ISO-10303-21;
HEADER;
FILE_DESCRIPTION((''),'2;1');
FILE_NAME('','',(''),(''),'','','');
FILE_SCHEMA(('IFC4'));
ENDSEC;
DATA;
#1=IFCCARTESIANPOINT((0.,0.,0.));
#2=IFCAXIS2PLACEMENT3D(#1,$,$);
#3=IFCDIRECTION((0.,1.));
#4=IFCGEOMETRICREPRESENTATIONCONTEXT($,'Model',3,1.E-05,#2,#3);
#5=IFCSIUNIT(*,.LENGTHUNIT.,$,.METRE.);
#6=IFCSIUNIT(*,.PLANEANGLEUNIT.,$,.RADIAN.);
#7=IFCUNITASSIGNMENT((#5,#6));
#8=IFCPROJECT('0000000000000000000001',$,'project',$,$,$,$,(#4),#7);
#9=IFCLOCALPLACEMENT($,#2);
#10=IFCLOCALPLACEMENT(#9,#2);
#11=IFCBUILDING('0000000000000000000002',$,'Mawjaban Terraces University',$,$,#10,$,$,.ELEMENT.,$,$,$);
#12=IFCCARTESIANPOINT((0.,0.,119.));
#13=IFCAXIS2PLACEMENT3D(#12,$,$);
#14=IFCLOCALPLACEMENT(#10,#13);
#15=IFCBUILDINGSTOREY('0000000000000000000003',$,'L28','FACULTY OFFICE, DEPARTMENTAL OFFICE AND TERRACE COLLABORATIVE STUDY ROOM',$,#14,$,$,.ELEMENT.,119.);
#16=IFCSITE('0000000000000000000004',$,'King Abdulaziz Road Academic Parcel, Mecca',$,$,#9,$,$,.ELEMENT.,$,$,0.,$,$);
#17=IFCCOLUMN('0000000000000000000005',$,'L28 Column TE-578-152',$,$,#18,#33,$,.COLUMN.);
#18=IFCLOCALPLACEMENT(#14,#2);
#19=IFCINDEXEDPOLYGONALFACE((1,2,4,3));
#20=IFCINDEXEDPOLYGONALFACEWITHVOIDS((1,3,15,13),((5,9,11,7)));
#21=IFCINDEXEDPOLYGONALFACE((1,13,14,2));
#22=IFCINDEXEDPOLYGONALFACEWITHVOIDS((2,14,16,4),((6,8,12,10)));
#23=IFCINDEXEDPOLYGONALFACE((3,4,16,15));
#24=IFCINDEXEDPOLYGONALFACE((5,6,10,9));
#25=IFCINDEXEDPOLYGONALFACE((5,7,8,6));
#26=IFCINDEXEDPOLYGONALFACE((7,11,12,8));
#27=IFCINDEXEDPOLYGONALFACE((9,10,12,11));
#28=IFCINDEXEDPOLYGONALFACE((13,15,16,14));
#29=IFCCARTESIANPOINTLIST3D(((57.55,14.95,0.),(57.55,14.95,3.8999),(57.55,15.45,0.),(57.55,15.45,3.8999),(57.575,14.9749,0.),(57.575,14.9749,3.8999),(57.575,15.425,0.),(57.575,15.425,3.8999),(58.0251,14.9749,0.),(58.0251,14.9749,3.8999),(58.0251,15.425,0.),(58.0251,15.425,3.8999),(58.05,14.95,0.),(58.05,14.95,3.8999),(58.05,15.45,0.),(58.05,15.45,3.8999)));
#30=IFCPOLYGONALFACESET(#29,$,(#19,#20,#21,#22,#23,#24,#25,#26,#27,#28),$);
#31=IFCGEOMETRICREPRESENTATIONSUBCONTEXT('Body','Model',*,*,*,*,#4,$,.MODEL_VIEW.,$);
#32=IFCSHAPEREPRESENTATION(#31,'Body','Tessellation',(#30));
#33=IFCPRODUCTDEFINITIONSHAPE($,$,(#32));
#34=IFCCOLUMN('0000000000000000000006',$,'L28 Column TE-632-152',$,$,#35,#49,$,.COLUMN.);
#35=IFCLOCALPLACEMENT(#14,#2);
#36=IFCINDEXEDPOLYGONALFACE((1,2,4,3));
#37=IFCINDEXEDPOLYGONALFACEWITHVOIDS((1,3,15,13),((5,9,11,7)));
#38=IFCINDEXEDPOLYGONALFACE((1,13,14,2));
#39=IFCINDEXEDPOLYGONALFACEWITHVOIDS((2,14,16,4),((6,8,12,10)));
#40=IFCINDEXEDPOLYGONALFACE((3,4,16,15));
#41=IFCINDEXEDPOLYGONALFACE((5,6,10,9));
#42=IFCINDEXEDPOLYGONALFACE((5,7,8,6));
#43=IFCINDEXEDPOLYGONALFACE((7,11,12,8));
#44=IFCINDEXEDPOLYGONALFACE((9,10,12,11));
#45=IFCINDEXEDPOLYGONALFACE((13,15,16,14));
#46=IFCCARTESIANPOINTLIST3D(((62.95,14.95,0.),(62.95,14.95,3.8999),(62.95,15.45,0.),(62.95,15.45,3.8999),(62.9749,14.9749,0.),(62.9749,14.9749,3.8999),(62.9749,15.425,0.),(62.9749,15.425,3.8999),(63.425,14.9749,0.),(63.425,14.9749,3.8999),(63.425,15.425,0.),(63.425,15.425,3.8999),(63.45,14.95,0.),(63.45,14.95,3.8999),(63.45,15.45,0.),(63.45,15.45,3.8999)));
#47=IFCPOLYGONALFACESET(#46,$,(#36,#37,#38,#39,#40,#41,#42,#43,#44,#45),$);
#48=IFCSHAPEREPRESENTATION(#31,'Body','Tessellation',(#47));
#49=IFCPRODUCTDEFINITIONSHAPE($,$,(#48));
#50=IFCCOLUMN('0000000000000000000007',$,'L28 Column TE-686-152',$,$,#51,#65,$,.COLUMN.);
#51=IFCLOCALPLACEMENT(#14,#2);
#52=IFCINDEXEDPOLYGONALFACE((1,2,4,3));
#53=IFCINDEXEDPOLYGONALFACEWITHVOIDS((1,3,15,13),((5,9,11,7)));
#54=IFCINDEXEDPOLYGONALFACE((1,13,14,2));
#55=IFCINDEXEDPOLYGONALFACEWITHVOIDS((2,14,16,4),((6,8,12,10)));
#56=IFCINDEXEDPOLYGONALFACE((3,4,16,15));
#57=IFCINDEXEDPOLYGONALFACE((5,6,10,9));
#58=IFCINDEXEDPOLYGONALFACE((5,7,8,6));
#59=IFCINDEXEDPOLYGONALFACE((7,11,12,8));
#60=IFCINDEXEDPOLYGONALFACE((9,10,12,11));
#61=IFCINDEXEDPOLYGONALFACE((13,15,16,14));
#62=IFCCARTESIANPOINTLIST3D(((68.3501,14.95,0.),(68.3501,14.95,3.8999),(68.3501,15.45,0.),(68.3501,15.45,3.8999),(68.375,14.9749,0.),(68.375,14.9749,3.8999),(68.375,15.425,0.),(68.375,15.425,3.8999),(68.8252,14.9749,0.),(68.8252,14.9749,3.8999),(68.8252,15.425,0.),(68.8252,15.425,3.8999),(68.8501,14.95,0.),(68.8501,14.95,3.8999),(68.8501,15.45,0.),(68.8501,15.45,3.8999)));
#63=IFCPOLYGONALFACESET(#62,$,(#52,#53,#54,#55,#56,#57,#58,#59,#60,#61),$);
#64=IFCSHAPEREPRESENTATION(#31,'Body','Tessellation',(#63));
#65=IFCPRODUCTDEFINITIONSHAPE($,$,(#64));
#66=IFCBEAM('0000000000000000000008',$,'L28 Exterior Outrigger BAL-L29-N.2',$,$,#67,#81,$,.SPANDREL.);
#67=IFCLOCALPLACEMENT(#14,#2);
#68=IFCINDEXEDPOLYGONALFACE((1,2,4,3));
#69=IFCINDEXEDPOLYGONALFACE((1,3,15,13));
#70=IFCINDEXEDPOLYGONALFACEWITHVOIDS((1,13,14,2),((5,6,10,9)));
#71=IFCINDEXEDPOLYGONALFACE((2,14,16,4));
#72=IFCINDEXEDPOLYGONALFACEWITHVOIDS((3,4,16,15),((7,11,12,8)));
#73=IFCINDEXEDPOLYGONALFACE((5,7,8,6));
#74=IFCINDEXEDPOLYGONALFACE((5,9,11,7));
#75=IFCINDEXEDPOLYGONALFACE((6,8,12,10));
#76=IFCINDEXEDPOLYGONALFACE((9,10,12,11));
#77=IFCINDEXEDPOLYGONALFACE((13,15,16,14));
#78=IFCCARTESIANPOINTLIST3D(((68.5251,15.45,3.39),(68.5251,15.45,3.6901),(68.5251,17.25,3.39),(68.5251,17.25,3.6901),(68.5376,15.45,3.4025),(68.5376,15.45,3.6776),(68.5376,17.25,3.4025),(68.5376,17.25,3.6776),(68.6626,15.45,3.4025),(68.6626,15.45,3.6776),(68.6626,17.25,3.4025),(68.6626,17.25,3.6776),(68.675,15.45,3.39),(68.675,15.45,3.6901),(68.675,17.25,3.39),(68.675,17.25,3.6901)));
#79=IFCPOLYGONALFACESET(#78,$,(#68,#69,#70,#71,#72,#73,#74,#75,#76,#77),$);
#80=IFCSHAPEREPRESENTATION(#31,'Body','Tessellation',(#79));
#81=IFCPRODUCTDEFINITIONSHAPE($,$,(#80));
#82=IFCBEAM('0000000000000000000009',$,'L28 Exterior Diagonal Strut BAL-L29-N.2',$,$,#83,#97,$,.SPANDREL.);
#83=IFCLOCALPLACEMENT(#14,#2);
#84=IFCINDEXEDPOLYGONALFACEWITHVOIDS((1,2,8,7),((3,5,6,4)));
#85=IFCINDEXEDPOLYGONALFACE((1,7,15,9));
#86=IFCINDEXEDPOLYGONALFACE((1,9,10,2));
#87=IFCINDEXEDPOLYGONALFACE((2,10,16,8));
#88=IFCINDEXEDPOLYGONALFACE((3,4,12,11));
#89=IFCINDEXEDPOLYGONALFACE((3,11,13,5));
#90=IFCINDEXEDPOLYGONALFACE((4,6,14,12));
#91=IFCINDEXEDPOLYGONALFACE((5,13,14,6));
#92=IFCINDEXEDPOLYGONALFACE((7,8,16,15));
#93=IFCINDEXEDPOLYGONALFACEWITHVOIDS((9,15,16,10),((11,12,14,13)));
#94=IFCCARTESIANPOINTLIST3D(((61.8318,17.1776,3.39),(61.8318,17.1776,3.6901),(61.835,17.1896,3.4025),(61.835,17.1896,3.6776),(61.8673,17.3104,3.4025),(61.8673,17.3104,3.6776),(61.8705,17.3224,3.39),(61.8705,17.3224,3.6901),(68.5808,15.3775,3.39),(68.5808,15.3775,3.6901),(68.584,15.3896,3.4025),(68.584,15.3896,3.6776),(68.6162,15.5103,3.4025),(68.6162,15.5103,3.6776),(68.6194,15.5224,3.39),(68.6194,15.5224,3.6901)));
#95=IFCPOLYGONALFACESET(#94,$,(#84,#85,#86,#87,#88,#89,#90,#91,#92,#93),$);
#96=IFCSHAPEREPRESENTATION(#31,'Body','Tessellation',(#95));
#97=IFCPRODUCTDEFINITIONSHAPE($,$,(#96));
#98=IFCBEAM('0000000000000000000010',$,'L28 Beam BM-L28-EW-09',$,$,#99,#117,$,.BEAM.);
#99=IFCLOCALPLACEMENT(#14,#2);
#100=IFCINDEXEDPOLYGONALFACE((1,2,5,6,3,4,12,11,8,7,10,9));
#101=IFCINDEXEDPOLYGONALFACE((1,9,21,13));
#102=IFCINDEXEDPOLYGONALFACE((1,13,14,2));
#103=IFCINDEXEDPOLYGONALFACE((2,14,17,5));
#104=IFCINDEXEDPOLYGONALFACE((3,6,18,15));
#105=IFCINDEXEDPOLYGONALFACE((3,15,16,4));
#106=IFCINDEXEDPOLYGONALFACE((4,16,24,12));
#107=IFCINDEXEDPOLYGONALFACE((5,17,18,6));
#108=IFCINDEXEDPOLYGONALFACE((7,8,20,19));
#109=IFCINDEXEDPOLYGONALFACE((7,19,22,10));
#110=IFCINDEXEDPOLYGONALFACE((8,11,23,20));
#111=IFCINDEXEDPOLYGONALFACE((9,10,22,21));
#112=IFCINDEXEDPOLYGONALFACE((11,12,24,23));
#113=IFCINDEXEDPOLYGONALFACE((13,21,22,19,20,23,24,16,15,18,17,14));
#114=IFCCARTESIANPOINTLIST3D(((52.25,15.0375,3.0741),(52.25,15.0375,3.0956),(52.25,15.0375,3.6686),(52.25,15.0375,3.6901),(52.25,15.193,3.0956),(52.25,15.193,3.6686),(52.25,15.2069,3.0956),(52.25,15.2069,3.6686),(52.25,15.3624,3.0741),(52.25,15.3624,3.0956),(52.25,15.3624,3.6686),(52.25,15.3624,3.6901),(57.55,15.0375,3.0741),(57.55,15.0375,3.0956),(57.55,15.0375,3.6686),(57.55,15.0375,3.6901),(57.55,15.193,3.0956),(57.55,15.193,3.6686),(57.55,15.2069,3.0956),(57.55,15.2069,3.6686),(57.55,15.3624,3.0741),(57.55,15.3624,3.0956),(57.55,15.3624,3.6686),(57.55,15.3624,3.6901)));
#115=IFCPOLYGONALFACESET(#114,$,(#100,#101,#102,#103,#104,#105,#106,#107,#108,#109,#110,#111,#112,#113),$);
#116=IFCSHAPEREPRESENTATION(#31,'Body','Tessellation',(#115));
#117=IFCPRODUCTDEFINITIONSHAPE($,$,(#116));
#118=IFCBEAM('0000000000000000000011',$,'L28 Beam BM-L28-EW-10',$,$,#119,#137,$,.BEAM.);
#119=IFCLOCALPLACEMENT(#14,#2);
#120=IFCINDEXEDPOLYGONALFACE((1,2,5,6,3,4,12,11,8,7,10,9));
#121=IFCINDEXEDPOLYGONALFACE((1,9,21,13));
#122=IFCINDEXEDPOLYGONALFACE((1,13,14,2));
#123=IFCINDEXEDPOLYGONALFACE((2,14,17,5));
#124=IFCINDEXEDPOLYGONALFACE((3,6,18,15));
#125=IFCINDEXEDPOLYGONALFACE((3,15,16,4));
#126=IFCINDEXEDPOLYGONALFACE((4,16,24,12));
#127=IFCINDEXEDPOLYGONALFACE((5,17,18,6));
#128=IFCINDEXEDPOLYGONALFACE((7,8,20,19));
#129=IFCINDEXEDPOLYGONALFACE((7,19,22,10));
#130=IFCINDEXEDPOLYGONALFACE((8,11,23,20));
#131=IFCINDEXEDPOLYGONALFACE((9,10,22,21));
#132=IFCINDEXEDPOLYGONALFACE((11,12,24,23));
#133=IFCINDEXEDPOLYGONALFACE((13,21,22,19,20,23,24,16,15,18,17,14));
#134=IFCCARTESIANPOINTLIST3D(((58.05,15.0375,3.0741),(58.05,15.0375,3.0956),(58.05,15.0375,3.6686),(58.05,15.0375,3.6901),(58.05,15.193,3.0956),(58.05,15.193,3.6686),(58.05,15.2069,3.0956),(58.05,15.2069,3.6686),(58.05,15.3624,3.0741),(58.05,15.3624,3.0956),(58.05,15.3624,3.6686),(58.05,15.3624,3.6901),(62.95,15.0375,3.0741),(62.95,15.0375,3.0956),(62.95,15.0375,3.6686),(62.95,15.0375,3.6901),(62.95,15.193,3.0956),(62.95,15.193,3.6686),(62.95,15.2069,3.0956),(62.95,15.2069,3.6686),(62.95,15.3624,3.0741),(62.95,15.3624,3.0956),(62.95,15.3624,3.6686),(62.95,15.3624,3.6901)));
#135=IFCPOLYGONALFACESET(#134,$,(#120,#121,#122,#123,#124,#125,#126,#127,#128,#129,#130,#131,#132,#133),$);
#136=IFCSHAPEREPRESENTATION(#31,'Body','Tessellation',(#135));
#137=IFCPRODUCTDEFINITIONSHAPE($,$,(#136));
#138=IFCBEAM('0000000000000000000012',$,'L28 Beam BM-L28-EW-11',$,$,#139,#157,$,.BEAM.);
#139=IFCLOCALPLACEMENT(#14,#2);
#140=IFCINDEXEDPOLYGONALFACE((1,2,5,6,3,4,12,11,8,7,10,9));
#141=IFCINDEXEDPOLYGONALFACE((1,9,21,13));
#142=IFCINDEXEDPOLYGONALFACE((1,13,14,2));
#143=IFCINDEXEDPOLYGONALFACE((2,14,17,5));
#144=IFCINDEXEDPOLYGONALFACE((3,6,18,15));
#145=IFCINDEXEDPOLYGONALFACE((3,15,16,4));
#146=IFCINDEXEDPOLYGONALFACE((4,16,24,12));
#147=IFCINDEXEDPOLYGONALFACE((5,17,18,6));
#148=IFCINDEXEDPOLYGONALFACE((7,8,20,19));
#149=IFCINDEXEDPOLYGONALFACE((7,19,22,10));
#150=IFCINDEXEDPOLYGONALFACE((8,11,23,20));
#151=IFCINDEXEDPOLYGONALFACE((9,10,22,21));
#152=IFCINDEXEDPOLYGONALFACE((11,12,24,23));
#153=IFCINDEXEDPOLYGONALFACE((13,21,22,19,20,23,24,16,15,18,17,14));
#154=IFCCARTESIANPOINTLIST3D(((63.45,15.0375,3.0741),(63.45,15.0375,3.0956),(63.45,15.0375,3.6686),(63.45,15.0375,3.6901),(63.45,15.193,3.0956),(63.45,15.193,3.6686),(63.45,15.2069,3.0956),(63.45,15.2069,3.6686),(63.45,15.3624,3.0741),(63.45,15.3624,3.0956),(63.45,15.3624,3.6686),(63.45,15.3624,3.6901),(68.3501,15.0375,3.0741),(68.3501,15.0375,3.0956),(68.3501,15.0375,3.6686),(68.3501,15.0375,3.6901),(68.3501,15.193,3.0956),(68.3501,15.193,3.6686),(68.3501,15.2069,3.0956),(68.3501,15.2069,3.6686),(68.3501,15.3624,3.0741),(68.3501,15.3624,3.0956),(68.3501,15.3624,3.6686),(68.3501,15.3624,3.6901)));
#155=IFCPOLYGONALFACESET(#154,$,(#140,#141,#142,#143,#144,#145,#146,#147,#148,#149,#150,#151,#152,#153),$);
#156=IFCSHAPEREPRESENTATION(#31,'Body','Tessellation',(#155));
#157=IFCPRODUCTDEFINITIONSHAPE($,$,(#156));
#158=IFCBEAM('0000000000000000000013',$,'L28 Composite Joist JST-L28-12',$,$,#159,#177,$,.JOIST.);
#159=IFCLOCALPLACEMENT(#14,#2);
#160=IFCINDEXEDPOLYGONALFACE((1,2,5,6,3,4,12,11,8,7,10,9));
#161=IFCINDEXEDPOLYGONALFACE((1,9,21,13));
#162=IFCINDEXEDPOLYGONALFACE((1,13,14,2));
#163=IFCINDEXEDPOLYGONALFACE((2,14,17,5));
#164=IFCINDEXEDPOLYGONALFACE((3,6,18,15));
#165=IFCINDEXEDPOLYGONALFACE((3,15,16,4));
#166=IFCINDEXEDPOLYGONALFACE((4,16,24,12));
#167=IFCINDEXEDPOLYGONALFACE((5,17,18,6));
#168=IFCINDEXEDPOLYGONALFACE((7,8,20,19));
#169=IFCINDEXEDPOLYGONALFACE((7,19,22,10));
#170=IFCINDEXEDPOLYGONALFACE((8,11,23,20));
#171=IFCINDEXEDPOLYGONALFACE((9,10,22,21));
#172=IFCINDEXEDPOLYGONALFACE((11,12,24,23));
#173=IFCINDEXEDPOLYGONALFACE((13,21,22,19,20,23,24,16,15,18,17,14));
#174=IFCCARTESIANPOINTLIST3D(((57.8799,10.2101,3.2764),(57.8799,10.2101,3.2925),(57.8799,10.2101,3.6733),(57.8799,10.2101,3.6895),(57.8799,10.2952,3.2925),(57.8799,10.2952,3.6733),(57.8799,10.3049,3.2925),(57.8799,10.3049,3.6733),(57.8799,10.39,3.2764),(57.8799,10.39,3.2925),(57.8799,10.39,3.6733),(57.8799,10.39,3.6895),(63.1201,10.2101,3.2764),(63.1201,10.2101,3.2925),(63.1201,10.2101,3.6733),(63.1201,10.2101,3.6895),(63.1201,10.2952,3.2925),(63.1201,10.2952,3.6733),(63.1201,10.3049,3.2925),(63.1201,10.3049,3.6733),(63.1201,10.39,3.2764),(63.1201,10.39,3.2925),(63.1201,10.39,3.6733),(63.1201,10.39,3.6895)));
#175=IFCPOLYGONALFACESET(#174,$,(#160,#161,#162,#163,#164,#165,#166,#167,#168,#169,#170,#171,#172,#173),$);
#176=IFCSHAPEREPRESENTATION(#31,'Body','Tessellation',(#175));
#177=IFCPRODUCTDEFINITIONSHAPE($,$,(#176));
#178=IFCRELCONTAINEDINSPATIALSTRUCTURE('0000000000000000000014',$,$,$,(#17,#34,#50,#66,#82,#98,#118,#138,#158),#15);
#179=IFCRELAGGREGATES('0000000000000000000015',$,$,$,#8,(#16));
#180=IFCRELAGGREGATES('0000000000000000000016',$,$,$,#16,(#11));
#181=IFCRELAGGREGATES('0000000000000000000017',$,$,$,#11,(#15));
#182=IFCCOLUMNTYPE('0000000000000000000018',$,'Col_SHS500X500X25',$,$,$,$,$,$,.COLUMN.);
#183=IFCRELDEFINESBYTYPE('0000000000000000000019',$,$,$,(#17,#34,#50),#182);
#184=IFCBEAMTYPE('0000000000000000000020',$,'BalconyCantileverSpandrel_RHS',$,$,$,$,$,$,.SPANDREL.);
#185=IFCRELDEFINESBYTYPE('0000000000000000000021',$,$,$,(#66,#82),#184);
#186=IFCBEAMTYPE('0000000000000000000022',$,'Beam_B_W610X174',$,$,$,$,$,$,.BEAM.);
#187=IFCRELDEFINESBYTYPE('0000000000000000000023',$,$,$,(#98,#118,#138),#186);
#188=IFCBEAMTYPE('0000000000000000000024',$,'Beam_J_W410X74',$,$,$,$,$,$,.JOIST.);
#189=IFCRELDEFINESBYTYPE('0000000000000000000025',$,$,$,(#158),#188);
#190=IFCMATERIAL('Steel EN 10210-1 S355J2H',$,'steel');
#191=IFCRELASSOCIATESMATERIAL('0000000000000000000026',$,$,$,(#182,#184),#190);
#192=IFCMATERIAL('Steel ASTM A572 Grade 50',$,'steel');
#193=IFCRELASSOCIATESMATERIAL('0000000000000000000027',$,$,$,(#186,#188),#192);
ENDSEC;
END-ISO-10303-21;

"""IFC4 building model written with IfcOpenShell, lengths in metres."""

from ifc_helpers import new_model, si_unit, direction, frame, origin, origin_2d, place, context, subcontext, project, spatial, hollow_rectangle, i_section, extrude, material, material_profile, profile_set, type_object, element, save


model = new_model("IFC4")

# Units and contexts
model_context = context("Model", 3, precision=1e-05, world=origin(), true_north=direction((0.0, 1.0)))
body_context = subcontext(model_context, "Body", "Model", "MODEL_VIEW")
ifc_project = project(units=[si_unit("LENGTHUNIT", "METRE"), si_unit("PLANEANGLEUNIT", "RADIAN")], contexts=[model_context])

# Site, building, storey
site_placement = place(None, origin())
site = spatial("IfcSite", under=ifc_project, at=site_placement, Name="King Abdulaziz Road Academic Parcel, Mecca", CompositionType="ELEMENT", RefElevation=0.0)
building_placement = place(site_placement, origin())
building = spatial("IfcBuilding", under=site, at=building_placement, Name="Mawjaban Terraces University", CompositionType="ELEMENT")
storey_placement = place(building_placement, frame((0.0, 0.0, 119.0)))
storey = spatial("IfcBuildingStorey", under=building, at=storey_placement, Name="L28", Description="FACULTY OFFICE, DEPARTMENTAL OFFICE AND TERRACE COLLABORATIVE STUDY ROOM", CompositionType="ELEMENT", Elevation=119.0)

# Columns
ifc_material_1 = material(Name="Steel EN 10210-1 S355J2H", Category="steel")
ifc_material_profile_1 = material_profile(ifc_material_1, hollow_rectangle(XDim=0.5, YDim=0.5, WallThickness=0.0249, at=origin_2d()), Name="SHS500X500X25")
ifc_profile_set_1 = profile_set([ifc_material_profile_1], Name="Steel EN 10210-1 S355J2H")
column_type = type_object("IfcColumnType", Name="Col_SHS500X500X25", PredefinedType="COLUMN", material=ifc_profile_set_1)
for number, where, z_axis, x_axis, name in (
    (1, (57.8, 15.2, 0.0), (0.0, 0.0, 1.0), (1.0, 0.0, 0.0), "L28 Column TE-578-152"),
    (2, (63.2, 15.2, 0.0), (0.0, 0.0, 1.0), (1.0, 0.0, 0.0), "L28 Column TE-632-152"),
    (3, (68.6001, 15.2, 0.0), (0.0, 0.0, 1.0), (1.0, 0.0, 0.0), "L28 Column TE-686-152"),
):
    element("IfcColumn", number, at=place(storey_placement, frame(where, z_axis=z_axis, x_axis=x_axis)), inside=storey, type_object=column_type, Name=name, PredefinedType="COLUMN", context=body_context, shape_type="SweptSolid", body=[
        extrude(hollow_rectangle(XDim=0.5, YDim=0.5, WallThickness=0.0249, at=origin_2d()), origin(), (0.0, 0.0, 1.0), 3.8999),
    ])

# Beams
ifc_material_profile_2 = material_profile(ifc_material_1, hollow_rectangle(XDim=0.1499, YDim=0.3, WallThickness=0.0125, at=origin_2d()), Name="RHS300X150X12.5")
ifc_profile_set_2 = profile_set([ifc_material_profile_2], Name="Steel EN 10210-1 S355J2H")
beam_type_1 = type_object("IfcBeamType", Name="BalconyCantileverSpandrel_RHS", PredefinedType="SPANDREL", material=ifc_profile_set_2)
beam_1_placement = place(storey_placement, frame((68.6001, 15.45, 3.54), z_axis=(0.0, 1.0, 0.0), x_axis=(-1.0, 0.0, 0.0)))
element("IfcBeam", 4, at=beam_1_placement, inside=storey, type_object=beam_type_1, Name="L28 Exterior Outrigger BAL-L29-N.2", PredefinedType="SPANDREL", context=body_context, shape_type="SweptSolid", body=[
    extrude(hollow_rectangle(XDim=0.1499, YDim=0.3, WallThickness=0.0125, at=origin_2d()), origin(), (0.0, 0.0, 1.0), 1.8),
])
beam_2_placement = place(storey_placement, frame((68.6001, 15.45, 3.54), z_axis=(-0.966224, 0.257704, 0.0), x_axis=(-0.257704, -0.966224, 0.0)))
element("IfcBeam", 5, at=beam_2_placement, inside=storey, type_object=beam_type_1, Name="L28 Exterior Diagonal Strut BAL-L29-N.2", PredefinedType="SPANDREL", context=body_context, shape_type="SweptSolid", body=[
    extrude(hollow_rectangle(XDim=0.1499, YDim=0.3, WallThickness=0.0125, at=origin_2d()), origin(), (0.0, 0.0, 1.0), 6.9849),
])
ifc_material_2 = material(Name="Steel ASTM A572 Grade 50", Category="steel")
ifc_material_profile_3 = material_profile(ifc_material_2, i_section(OverallWidth=0.325, OverallDepth=0.616, WebThickness=0.0139, FlangeThickness=0.0215, at=origin_2d()), Name="W610X174")
ifc_profile_set_3 = profile_set([ifc_material_profile_3], Name="Steel ASTM A572 Grade 50")
beam_type_2 = type_object("IfcBeamType", Name="Beam_B_W610X174", PredefinedType="BEAM", material=ifc_profile_set_3)
beam_3_placement = place(storey_placement, frame((52.25, 15.2, 3.3821), z_axis=(1.0, 0.0, 0.0), x_axis=(0.0, 1.0, 0.0)))
element("IfcBeam", 6, at=beam_3_placement, inside=storey, type_object=beam_type_2, Name="L28 Beam BM-L28-EW-09", PredefinedType="BEAM", context=body_context, shape_type="SweptSolid", body=[
    extrude(i_section(OverallWidth=0.325, OverallDepth=0.616, WebThickness=0.0139, FlangeThickness=0.0215, at=origin_2d()), origin(), (0.0, 0.0, 1.0), 5.3),
])
beam_4_placement = place(storey_placement, frame((58.05, 15.2, 3.3821), z_axis=(1.0, 0.0, 0.0), x_axis=(0.0, 1.0, 0.0)))
element("IfcBeam", 7, at=beam_4_placement, inside=storey, type_object=beam_type_2, Name="L28 Beam BM-L28-EW-10", PredefinedType="BEAM", context=body_context, shape_type="SweptSolid", body=[
    extrude(i_section(OverallWidth=0.325, OverallDepth=0.616, WebThickness=0.0139, FlangeThickness=0.0215, at=origin_2d()), origin(), (0.0, 0.0, 1.0), 4.8999),
])
beam_5_placement = place(storey_placement, frame((63.45, 15.2, 3.3821), z_axis=(1.0, 0.0, 0.0), x_axis=(0.0, 1.0, 0.0)))
element("IfcBeam", 8, at=beam_5_placement, inside=storey, type_object=beam_type_2, Name="L28 Beam BM-L28-EW-11", PredefinedType="BEAM", context=body_context, shape_type="SweptSolid", body=[
    extrude(i_section(OverallWidth=0.325, OverallDepth=0.616, WebThickness=0.0139, FlangeThickness=0.0215, at=origin_2d()), origin(), (0.0, 0.0, 1.0), 4.9001),
])
ifc_material_profile_4 = material_profile(ifc_material_2, i_section(OverallWidth=0.1799, OverallDepth=0.4131, WebThickness=0.0098, FlangeThickness=0.0161, at=origin_2d()), Name="W410X74")
ifc_profile_set_4 = profile_set([ifc_material_profile_4], Name="Steel ASTM A572 Grade 50")
beam_type_3 = type_object("IfcBeamType", Name="Beam_J_W410X74", PredefinedType="JOIST", material=ifc_profile_set_4)
beam_6_placement = place(storey_placement, frame((57.8799, 10.3, 3.4829), z_axis=(1.0, 0.0, 0.0), x_axis=(0.0, 1.0, 0.0)))
element("IfcBeam", 9, at=beam_6_placement, inside=storey, type_object=beam_type_3, Name="L28 Composite Joist JST-L28-12", PredefinedType="JOIST", context=body_context, shape_type="SweptSolid", body=[
    extrude(i_section(OverallWidth=0.1799, OverallDepth=0.4131, WebThickness=0.0098, FlangeThickness=0.0161, at=origin_2d()), origin(), (0.0, 0.0, 1.0), 5.2402),
])

save(model, "model.ifc")
